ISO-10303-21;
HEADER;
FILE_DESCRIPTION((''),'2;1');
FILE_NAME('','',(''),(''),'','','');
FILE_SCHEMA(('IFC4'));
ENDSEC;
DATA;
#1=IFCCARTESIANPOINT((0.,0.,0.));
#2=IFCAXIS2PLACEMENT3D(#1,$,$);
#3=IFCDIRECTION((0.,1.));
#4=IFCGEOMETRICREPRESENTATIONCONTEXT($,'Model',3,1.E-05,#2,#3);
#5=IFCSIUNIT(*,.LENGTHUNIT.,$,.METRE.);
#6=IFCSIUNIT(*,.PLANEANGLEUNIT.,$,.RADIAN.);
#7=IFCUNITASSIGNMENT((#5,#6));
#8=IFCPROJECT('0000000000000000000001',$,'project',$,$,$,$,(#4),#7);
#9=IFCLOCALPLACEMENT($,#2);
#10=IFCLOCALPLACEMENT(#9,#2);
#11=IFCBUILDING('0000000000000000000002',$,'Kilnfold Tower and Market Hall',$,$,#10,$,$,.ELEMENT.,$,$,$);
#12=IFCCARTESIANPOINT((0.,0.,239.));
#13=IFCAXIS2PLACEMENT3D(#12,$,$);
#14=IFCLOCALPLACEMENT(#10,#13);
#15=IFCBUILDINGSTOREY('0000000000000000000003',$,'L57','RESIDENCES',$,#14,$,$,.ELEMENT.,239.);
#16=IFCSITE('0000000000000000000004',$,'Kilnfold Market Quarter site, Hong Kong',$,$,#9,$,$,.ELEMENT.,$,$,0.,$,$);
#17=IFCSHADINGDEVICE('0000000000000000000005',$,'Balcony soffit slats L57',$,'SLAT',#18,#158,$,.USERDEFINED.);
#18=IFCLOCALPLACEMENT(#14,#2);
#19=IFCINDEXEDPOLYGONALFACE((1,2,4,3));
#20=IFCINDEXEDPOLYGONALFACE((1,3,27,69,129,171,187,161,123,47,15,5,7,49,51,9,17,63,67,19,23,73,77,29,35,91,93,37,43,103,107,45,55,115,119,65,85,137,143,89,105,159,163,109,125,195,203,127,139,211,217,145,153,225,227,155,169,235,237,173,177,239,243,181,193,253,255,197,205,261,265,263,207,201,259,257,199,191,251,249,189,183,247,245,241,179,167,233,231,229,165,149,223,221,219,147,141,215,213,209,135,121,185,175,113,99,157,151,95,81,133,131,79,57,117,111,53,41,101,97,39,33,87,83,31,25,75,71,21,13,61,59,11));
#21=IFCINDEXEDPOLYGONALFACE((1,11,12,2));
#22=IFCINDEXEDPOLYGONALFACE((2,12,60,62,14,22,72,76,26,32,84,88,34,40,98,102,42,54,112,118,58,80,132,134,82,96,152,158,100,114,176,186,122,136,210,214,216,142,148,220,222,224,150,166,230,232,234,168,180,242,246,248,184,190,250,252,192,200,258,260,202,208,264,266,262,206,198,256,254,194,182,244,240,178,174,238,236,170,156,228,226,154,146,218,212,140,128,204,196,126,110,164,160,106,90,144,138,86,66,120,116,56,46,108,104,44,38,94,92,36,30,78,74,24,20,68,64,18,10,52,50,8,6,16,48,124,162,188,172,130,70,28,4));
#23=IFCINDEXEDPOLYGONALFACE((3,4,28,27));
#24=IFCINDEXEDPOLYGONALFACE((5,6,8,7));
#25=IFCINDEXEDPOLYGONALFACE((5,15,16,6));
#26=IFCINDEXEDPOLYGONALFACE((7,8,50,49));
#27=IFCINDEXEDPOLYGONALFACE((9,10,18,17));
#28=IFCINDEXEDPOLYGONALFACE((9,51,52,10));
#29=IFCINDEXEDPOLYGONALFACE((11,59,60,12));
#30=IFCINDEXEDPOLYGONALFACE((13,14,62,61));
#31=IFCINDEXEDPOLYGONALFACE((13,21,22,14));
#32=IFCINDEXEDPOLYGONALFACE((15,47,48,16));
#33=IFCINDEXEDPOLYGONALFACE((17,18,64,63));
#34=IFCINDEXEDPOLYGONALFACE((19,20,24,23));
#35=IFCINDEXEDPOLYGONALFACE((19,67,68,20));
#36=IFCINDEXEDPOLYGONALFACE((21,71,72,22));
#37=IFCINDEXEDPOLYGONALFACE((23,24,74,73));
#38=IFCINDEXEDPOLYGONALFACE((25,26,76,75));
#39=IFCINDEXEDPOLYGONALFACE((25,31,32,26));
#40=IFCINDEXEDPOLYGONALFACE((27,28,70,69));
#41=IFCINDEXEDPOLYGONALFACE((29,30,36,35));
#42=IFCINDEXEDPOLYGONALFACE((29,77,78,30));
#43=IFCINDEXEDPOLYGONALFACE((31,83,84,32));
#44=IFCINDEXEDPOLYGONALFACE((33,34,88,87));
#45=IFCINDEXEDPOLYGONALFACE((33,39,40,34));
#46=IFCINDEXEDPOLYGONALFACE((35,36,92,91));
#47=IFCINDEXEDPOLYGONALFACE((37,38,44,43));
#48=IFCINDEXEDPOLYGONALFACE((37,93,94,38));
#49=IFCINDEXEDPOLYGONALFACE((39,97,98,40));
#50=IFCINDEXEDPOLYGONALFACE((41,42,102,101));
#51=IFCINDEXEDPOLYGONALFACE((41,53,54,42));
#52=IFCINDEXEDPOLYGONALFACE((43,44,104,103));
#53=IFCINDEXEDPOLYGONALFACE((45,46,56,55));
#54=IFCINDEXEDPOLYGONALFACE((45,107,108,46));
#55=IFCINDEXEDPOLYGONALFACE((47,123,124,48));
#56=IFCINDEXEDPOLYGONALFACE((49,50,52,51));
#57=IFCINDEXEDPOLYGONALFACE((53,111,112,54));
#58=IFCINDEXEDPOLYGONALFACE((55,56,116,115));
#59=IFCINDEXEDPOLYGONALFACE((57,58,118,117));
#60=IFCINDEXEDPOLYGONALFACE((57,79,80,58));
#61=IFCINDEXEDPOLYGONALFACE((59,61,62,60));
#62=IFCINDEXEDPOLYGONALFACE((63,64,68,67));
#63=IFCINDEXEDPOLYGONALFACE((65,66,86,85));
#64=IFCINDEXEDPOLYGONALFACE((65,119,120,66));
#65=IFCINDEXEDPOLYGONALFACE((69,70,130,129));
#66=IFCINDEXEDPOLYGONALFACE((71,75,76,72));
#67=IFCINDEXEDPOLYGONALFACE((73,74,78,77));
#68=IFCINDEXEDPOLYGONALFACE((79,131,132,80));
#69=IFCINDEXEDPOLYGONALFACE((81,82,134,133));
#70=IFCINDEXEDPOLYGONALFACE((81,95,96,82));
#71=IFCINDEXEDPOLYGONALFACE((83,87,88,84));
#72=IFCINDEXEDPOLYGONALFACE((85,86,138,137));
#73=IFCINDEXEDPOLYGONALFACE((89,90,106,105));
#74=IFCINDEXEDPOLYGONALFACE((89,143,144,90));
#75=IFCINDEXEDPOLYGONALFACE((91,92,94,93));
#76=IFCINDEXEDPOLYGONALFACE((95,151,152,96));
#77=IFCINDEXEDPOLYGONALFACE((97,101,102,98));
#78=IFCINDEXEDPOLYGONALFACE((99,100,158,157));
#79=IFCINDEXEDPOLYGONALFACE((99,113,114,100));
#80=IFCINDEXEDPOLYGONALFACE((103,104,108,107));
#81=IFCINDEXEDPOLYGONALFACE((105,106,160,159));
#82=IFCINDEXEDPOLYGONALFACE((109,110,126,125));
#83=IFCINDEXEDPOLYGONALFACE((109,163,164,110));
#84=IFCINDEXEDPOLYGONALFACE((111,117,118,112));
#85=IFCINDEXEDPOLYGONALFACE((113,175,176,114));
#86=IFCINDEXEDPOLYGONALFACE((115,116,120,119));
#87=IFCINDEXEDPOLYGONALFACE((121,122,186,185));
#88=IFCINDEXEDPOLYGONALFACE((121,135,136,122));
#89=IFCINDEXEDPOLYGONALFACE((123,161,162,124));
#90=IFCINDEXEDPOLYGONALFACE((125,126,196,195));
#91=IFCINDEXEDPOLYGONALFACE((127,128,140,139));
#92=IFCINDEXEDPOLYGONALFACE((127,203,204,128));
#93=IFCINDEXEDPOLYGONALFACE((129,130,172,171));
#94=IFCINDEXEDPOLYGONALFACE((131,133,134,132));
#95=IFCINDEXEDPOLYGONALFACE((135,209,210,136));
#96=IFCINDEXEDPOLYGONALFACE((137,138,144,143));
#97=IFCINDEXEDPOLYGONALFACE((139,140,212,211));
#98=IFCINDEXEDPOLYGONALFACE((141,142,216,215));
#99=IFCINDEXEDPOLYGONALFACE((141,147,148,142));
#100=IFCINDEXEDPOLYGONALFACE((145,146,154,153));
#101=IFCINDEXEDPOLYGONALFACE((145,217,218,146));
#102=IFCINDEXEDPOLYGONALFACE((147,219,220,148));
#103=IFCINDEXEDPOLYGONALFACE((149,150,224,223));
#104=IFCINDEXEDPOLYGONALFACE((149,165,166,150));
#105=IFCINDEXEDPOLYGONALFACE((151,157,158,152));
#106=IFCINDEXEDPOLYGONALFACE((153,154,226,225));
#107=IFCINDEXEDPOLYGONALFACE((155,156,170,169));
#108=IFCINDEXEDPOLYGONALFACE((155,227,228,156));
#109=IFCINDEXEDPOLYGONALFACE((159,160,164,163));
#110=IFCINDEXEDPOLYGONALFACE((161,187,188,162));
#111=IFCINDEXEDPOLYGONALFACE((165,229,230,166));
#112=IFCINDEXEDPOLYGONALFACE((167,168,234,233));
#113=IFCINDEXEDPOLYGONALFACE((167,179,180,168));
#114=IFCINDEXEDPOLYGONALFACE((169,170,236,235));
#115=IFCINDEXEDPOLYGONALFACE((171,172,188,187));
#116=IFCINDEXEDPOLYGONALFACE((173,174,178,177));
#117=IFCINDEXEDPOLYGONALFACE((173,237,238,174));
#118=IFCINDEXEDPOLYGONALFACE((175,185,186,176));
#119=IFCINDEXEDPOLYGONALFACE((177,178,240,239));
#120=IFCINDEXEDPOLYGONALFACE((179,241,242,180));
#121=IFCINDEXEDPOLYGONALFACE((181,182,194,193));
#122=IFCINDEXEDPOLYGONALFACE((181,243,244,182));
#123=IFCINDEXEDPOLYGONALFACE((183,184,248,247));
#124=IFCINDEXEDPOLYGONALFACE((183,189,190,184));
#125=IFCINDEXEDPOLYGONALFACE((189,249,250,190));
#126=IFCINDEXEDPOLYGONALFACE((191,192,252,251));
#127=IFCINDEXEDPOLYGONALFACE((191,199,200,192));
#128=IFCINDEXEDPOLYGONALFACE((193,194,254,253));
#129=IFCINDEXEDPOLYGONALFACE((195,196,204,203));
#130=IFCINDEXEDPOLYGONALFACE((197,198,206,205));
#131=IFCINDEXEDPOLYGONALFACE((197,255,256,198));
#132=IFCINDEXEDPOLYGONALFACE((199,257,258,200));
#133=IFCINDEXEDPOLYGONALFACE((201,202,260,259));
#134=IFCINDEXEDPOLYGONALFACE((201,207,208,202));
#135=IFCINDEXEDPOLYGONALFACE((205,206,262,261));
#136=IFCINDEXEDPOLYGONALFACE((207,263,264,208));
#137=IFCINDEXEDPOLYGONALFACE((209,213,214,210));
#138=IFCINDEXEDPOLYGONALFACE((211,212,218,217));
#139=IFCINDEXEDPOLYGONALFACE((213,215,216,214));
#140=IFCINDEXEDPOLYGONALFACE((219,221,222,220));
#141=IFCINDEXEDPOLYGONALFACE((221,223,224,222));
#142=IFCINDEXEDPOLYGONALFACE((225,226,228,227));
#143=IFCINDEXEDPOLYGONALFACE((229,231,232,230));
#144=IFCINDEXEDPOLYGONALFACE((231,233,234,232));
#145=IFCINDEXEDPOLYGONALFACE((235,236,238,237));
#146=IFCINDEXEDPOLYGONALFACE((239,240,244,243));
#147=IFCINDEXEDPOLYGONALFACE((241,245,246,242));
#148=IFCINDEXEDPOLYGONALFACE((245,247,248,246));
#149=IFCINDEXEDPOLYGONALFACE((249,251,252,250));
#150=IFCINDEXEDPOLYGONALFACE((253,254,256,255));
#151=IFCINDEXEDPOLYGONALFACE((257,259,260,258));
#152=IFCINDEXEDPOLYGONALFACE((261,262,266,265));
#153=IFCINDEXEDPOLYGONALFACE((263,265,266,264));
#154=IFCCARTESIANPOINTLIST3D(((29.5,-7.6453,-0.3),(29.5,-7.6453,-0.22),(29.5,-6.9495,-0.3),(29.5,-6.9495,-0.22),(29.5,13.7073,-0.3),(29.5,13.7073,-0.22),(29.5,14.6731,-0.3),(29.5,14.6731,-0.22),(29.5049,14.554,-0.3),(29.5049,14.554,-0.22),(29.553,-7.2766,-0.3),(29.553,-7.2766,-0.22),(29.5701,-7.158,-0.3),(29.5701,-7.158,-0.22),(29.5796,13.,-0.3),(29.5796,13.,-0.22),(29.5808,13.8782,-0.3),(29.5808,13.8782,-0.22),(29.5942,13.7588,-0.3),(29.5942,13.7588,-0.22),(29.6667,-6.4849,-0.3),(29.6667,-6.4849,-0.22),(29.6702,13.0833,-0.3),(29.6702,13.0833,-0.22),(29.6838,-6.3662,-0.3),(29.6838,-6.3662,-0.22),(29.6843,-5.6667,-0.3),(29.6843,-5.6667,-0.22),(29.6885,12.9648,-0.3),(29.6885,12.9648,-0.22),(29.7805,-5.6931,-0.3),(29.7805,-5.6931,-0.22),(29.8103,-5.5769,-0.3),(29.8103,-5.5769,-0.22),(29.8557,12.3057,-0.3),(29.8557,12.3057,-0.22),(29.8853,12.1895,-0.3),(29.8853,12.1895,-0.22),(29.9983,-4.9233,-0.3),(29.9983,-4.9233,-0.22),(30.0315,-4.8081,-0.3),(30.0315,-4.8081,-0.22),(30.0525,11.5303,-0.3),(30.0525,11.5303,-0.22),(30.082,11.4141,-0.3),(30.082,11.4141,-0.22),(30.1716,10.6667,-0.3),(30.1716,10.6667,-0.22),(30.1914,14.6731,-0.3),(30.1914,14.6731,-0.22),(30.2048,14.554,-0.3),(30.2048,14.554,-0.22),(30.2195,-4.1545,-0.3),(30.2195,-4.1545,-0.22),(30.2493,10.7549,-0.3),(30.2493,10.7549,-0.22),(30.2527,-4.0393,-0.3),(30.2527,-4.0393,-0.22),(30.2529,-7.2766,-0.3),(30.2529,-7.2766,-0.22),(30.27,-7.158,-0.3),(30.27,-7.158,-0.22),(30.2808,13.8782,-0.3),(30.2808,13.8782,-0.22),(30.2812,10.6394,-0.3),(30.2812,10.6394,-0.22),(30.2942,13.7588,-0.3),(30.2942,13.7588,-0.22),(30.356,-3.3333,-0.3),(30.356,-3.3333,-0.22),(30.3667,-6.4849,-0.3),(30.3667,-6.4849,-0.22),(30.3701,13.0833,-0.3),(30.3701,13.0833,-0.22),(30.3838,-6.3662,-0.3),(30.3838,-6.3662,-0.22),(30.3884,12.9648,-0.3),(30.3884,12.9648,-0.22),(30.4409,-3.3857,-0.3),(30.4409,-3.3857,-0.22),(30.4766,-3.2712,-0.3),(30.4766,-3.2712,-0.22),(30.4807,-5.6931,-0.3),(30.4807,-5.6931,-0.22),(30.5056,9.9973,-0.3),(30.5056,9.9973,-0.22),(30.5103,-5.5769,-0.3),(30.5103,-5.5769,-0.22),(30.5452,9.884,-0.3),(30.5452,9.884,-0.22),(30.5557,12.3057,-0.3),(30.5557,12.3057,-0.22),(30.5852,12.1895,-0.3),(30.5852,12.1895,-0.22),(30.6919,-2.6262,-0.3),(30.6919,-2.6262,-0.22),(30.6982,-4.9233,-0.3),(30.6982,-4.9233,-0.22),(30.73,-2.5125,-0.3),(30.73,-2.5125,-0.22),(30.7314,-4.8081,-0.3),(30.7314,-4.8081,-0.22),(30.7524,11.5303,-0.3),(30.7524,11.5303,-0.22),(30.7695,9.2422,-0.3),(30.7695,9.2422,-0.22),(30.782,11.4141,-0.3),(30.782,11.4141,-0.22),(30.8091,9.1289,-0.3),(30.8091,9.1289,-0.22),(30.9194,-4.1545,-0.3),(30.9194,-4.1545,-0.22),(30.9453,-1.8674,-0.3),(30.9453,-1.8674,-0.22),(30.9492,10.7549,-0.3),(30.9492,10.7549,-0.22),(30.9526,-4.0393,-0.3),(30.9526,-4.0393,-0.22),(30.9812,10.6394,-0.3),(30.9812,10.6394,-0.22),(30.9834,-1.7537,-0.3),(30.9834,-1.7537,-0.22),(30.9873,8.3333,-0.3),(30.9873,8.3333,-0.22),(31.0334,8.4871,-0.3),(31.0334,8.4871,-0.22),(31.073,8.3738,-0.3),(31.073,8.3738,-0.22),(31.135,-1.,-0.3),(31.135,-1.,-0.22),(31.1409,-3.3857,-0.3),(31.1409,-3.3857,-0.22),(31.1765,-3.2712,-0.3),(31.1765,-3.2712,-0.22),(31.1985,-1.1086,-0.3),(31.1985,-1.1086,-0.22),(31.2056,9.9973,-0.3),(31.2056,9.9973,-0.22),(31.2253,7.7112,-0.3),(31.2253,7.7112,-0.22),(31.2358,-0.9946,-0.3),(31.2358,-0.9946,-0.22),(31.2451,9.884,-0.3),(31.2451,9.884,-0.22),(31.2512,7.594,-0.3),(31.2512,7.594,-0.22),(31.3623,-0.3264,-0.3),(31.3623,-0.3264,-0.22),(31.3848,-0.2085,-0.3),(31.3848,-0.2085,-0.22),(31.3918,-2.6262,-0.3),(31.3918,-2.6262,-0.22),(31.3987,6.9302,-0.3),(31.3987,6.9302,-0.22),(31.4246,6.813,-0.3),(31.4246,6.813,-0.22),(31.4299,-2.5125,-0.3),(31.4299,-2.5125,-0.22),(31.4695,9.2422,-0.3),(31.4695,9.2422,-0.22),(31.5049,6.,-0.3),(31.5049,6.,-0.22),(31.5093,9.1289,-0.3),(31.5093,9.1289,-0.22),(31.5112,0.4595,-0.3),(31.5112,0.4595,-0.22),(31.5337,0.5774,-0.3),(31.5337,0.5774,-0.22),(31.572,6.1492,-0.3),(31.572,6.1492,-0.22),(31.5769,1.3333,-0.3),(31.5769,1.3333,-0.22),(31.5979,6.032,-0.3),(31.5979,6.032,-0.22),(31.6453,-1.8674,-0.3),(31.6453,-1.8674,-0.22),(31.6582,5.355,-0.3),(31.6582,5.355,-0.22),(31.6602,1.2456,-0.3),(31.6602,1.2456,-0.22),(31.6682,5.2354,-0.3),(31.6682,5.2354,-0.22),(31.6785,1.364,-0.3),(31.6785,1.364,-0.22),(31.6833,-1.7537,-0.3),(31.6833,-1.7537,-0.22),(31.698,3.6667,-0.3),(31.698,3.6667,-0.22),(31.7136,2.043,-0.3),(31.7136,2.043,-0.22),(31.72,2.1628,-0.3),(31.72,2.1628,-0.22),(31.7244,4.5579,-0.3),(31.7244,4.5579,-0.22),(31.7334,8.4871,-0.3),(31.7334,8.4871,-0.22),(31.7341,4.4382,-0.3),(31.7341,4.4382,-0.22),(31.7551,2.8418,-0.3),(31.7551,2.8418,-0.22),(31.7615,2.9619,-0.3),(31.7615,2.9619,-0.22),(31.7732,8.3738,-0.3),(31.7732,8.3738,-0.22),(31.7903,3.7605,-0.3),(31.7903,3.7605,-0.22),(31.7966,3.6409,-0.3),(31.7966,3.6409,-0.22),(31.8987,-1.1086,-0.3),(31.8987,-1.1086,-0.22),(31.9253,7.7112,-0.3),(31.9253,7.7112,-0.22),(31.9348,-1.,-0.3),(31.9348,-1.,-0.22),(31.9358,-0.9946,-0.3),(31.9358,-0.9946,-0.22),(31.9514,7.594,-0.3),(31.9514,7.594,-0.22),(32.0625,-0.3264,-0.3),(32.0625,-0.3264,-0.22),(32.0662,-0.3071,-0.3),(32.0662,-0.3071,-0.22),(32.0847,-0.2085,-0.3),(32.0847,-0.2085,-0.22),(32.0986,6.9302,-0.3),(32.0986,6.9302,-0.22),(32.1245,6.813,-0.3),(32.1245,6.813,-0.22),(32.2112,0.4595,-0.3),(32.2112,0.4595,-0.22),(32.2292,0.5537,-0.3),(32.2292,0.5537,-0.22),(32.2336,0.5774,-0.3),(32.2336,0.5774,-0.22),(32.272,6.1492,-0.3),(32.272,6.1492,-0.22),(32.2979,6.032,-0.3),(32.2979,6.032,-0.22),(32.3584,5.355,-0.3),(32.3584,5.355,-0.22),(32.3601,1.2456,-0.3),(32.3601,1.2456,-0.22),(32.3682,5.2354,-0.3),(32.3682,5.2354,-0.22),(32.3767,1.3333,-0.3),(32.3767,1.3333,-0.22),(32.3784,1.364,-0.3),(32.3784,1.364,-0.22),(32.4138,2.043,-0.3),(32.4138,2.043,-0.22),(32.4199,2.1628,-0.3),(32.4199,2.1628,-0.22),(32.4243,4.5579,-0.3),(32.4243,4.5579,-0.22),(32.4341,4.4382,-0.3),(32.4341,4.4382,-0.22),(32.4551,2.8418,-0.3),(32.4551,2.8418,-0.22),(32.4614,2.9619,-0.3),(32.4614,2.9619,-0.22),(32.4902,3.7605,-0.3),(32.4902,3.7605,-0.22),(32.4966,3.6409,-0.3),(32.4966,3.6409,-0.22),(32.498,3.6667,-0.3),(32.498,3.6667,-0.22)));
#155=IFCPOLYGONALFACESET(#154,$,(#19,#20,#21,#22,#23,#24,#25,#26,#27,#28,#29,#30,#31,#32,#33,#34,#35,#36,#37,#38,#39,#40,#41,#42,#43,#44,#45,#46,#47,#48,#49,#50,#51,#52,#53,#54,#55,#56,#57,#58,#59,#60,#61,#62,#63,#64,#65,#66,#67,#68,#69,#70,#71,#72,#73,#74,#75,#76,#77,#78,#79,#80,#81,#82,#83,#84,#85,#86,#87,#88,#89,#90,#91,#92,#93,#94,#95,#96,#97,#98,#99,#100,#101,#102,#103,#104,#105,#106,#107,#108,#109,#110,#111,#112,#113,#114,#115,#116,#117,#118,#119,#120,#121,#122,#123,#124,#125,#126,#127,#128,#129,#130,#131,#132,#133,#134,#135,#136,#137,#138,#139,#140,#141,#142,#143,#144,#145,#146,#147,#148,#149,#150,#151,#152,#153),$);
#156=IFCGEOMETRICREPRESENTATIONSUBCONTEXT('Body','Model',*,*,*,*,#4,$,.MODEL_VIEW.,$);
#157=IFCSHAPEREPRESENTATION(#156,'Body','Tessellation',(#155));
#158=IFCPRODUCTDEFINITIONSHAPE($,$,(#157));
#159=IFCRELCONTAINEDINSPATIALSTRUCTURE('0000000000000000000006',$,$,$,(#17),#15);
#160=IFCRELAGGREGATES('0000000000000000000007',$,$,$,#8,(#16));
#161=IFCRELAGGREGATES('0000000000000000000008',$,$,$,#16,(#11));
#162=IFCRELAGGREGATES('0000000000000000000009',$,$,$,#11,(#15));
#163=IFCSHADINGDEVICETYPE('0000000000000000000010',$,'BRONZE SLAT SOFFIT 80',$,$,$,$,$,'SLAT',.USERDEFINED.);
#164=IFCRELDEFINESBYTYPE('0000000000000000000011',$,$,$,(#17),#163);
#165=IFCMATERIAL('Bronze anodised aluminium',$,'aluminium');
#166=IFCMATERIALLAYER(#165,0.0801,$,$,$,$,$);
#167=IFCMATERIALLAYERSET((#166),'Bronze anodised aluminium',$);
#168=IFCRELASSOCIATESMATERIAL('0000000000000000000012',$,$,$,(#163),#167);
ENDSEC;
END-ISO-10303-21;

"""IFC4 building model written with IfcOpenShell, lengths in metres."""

from ifc_helpers import new_model, si_unit, direction, frame, origin, place, context, subcontext, project, spatial, polyline, outline, extrude, source, transform, mapped, material, layer, layer_set, type_object, element, save


model = new_model("IFC4")

# Units and contexts
model_context = context("Model", 3, precision=1e-05, world=origin(), true_north=direction((0.0, 1.0)))
body_context = subcontext(model_context, "Body", "Model", "MODEL_VIEW")
ifc_project = project(units=[si_unit("LENGTHUNIT", "METRE"), si_unit("PLANEANGLEUNIT", "RADIAN")], contexts=[model_context])

# Site, building, storey
site_placement = place(None, origin())
site = spatial("IfcSite", under=ifc_project, at=site_placement, Name="Kilnfold Market Quarter site, Hong Kong", CompositionType="ELEMENT", RefElevation=0.0)
building_placement = place(site_placement, origin())
building = spatial("IfcBuilding", under=site, at=building_placement, Name="Kilnfold Tower and Market Hall", CompositionType="ELEMENT")
storey_placement = place(building_placement, frame((0.0, 0.0, 239.0)))
storey = spatial("IfcBuildingStorey", under=building, at=storey_placement, Name="L57", Description="RESIDENCES", CompositionType="ELEMENT", Elevation=239.0)

# Shading device
ifc_material_1 = material(Name="Bronze anodised aluminium", Category="aluminium")
ifc_layer_1 = layer(ifc_material_1, 0.0801)
ifc_layer_set_1 = layer_set([ifc_layer_1], Name="Bronze anodised aluminium")
shading_device_type_1 = type_object("IfcShadingDeviceType", Name="BRONZE SLAT SOFFIT 80", ElementType="SLAT", PredefinedType="USERDEFINED", material=ifc_layer_set_1)
shared_shape_1 = source(origin(), body_context, "Body", "SweptSolid", [
    extrude(outline(polyline([(29.6843, -5.6667), (30.356, -3.3333), (31.135, -1.0), (31.5769, 1.3333), (31.698, 3.6667), (31.5049, 6.0), (30.9873, 8.3333), (30.1716, 10.6667), (29.5796, 13.0), (29.5, 13.7073), (29.5, 14.6731), (30.1914, 14.6731), (30.2048, 14.554), (29.5049, 14.554), (29.5808, 13.8782), (30.2808, 13.8782), (30.2942, 13.7588), (29.5942, 13.7588), (29.6702, 13.0833), (30.3701, 13.0833), (30.3884, 12.9648), (29.6885, 12.9648), (29.8557, 12.3057), (30.5557, 12.3057), (30.5852, 12.1895), (29.8853, 12.1895), (30.0525, 11.5303), (30.7524, 11.5303), (30.782, 11.4141), (30.082, 11.4141), (30.2493, 10.7549), (30.9492, 10.7549), (30.9812, 10.6394), (30.2812, 10.6394), (30.5056, 9.9973), (31.2056, 9.9973), (31.2451, 9.884), (30.5452, 9.884), (30.7695, 9.2422), (31.4695, 9.2422), (31.5093, 9.1289), (30.8091, 9.1289), (31.0334, 8.4871), (31.7334, 8.4871), (31.7732, 8.3738), (31.073, 8.3738), (31.2253, 7.7112), (31.9253, 7.7112), (31.9514, 7.594), (31.2512, 7.594), (31.3987, 6.9302), (32.0986, 6.9302), (32.1245, 6.813), (31.4246, 6.813), (31.572, 6.1492), (32.272, 6.1492), (32.2979, 6.032), (31.5979, 6.032), (31.6582, 5.355), (32.3584, 5.355), (32.3682, 5.2354), (31.6682, 5.2354), (31.7244, 4.5579), (32.4243, 4.5579), (32.4341, 4.4382), (31.7341, 4.4382), (31.7903, 3.7605), (32.4902, 3.7605), (32.498, 3.6667), (32.4966, 3.6409), (31.7966, 3.6409), (31.7615, 2.9619), (32.4614, 2.9619), (32.4551, 2.8418), (31.7551, 2.8418), (31.72, 2.1628), (32.4199, 2.1628), (32.4138, 2.043), (31.7136, 2.043), (31.6785, 1.364), (32.3784, 1.364), (32.3767, 1.3333), (32.3601, 1.2456), (31.6602, 1.2456), (31.5337, 0.5774), (32.2336, 0.5774), (32.2292, 0.5537), (32.2112, 0.4595), (31.5112, 0.4595), (31.3848, -0.2085), (32.0847, -0.2085), (32.0662, -0.3071), (32.0625, -0.3264), (31.3623, -0.3264), (31.2358, -0.9946), (31.9358, -0.9946), (31.9348, -1.0), (31.8987, -1.1086), (31.1985, -1.1086), (30.9834, -1.7537), (31.6833, -1.7537), (31.6453, -1.8674), (30.9453, -1.8674), (30.73, -2.5125), (31.4299, -2.5125), (31.3918, -2.6262), (30.6919, -2.6262), (30.4766, -3.2712), (31.1765, -3.2712), (31.1409, -3.3857), (30.4409, -3.3857), (30.2527, -4.0393), (30.9526, -4.0393), (30.9194, -4.1545), (30.2195, -4.1545), (30.0315, -4.8081), (30.7314, -4.8081), (30.6982, -4.9233), (29.9983, -4.9233), (29.8103, -5.5769), (30.5103, -5.5769), (30.4807, -5.6931), (29.7805, -5.6931), (29.6838, -6.3662), (30.3838, -6.3662), (30.3667, -6.4849), (29.6667, -6.4849), (29.5701, -7.158), (30.27, -7.158), (30.2529, -7.2766), (29.553, -7.2766), (29.5, -7.6453), (29.5, -6.9495), (29.6843, -5.6667)])), origin(), (0.0, 0.0, 1.0), 0.0801),
])
shading_device_1_placement = place(storey_placement, frame((0.0, 0.0, -0.3)))
element("IfcShadingDevice", 1, at=shading_device_1_placement, inside=storey, type_object=shading_device_type_1, Name="Balcony soffit slats L57", ObjectType="SLAT", PredefinedType="USERDEFINED", context=body_context, shape_type="MappedRepresentation", body=[
    mapped(shared_shape_1, transform((0.0, 0.0, 0.0))),
])

save(model, "model.ifc")
